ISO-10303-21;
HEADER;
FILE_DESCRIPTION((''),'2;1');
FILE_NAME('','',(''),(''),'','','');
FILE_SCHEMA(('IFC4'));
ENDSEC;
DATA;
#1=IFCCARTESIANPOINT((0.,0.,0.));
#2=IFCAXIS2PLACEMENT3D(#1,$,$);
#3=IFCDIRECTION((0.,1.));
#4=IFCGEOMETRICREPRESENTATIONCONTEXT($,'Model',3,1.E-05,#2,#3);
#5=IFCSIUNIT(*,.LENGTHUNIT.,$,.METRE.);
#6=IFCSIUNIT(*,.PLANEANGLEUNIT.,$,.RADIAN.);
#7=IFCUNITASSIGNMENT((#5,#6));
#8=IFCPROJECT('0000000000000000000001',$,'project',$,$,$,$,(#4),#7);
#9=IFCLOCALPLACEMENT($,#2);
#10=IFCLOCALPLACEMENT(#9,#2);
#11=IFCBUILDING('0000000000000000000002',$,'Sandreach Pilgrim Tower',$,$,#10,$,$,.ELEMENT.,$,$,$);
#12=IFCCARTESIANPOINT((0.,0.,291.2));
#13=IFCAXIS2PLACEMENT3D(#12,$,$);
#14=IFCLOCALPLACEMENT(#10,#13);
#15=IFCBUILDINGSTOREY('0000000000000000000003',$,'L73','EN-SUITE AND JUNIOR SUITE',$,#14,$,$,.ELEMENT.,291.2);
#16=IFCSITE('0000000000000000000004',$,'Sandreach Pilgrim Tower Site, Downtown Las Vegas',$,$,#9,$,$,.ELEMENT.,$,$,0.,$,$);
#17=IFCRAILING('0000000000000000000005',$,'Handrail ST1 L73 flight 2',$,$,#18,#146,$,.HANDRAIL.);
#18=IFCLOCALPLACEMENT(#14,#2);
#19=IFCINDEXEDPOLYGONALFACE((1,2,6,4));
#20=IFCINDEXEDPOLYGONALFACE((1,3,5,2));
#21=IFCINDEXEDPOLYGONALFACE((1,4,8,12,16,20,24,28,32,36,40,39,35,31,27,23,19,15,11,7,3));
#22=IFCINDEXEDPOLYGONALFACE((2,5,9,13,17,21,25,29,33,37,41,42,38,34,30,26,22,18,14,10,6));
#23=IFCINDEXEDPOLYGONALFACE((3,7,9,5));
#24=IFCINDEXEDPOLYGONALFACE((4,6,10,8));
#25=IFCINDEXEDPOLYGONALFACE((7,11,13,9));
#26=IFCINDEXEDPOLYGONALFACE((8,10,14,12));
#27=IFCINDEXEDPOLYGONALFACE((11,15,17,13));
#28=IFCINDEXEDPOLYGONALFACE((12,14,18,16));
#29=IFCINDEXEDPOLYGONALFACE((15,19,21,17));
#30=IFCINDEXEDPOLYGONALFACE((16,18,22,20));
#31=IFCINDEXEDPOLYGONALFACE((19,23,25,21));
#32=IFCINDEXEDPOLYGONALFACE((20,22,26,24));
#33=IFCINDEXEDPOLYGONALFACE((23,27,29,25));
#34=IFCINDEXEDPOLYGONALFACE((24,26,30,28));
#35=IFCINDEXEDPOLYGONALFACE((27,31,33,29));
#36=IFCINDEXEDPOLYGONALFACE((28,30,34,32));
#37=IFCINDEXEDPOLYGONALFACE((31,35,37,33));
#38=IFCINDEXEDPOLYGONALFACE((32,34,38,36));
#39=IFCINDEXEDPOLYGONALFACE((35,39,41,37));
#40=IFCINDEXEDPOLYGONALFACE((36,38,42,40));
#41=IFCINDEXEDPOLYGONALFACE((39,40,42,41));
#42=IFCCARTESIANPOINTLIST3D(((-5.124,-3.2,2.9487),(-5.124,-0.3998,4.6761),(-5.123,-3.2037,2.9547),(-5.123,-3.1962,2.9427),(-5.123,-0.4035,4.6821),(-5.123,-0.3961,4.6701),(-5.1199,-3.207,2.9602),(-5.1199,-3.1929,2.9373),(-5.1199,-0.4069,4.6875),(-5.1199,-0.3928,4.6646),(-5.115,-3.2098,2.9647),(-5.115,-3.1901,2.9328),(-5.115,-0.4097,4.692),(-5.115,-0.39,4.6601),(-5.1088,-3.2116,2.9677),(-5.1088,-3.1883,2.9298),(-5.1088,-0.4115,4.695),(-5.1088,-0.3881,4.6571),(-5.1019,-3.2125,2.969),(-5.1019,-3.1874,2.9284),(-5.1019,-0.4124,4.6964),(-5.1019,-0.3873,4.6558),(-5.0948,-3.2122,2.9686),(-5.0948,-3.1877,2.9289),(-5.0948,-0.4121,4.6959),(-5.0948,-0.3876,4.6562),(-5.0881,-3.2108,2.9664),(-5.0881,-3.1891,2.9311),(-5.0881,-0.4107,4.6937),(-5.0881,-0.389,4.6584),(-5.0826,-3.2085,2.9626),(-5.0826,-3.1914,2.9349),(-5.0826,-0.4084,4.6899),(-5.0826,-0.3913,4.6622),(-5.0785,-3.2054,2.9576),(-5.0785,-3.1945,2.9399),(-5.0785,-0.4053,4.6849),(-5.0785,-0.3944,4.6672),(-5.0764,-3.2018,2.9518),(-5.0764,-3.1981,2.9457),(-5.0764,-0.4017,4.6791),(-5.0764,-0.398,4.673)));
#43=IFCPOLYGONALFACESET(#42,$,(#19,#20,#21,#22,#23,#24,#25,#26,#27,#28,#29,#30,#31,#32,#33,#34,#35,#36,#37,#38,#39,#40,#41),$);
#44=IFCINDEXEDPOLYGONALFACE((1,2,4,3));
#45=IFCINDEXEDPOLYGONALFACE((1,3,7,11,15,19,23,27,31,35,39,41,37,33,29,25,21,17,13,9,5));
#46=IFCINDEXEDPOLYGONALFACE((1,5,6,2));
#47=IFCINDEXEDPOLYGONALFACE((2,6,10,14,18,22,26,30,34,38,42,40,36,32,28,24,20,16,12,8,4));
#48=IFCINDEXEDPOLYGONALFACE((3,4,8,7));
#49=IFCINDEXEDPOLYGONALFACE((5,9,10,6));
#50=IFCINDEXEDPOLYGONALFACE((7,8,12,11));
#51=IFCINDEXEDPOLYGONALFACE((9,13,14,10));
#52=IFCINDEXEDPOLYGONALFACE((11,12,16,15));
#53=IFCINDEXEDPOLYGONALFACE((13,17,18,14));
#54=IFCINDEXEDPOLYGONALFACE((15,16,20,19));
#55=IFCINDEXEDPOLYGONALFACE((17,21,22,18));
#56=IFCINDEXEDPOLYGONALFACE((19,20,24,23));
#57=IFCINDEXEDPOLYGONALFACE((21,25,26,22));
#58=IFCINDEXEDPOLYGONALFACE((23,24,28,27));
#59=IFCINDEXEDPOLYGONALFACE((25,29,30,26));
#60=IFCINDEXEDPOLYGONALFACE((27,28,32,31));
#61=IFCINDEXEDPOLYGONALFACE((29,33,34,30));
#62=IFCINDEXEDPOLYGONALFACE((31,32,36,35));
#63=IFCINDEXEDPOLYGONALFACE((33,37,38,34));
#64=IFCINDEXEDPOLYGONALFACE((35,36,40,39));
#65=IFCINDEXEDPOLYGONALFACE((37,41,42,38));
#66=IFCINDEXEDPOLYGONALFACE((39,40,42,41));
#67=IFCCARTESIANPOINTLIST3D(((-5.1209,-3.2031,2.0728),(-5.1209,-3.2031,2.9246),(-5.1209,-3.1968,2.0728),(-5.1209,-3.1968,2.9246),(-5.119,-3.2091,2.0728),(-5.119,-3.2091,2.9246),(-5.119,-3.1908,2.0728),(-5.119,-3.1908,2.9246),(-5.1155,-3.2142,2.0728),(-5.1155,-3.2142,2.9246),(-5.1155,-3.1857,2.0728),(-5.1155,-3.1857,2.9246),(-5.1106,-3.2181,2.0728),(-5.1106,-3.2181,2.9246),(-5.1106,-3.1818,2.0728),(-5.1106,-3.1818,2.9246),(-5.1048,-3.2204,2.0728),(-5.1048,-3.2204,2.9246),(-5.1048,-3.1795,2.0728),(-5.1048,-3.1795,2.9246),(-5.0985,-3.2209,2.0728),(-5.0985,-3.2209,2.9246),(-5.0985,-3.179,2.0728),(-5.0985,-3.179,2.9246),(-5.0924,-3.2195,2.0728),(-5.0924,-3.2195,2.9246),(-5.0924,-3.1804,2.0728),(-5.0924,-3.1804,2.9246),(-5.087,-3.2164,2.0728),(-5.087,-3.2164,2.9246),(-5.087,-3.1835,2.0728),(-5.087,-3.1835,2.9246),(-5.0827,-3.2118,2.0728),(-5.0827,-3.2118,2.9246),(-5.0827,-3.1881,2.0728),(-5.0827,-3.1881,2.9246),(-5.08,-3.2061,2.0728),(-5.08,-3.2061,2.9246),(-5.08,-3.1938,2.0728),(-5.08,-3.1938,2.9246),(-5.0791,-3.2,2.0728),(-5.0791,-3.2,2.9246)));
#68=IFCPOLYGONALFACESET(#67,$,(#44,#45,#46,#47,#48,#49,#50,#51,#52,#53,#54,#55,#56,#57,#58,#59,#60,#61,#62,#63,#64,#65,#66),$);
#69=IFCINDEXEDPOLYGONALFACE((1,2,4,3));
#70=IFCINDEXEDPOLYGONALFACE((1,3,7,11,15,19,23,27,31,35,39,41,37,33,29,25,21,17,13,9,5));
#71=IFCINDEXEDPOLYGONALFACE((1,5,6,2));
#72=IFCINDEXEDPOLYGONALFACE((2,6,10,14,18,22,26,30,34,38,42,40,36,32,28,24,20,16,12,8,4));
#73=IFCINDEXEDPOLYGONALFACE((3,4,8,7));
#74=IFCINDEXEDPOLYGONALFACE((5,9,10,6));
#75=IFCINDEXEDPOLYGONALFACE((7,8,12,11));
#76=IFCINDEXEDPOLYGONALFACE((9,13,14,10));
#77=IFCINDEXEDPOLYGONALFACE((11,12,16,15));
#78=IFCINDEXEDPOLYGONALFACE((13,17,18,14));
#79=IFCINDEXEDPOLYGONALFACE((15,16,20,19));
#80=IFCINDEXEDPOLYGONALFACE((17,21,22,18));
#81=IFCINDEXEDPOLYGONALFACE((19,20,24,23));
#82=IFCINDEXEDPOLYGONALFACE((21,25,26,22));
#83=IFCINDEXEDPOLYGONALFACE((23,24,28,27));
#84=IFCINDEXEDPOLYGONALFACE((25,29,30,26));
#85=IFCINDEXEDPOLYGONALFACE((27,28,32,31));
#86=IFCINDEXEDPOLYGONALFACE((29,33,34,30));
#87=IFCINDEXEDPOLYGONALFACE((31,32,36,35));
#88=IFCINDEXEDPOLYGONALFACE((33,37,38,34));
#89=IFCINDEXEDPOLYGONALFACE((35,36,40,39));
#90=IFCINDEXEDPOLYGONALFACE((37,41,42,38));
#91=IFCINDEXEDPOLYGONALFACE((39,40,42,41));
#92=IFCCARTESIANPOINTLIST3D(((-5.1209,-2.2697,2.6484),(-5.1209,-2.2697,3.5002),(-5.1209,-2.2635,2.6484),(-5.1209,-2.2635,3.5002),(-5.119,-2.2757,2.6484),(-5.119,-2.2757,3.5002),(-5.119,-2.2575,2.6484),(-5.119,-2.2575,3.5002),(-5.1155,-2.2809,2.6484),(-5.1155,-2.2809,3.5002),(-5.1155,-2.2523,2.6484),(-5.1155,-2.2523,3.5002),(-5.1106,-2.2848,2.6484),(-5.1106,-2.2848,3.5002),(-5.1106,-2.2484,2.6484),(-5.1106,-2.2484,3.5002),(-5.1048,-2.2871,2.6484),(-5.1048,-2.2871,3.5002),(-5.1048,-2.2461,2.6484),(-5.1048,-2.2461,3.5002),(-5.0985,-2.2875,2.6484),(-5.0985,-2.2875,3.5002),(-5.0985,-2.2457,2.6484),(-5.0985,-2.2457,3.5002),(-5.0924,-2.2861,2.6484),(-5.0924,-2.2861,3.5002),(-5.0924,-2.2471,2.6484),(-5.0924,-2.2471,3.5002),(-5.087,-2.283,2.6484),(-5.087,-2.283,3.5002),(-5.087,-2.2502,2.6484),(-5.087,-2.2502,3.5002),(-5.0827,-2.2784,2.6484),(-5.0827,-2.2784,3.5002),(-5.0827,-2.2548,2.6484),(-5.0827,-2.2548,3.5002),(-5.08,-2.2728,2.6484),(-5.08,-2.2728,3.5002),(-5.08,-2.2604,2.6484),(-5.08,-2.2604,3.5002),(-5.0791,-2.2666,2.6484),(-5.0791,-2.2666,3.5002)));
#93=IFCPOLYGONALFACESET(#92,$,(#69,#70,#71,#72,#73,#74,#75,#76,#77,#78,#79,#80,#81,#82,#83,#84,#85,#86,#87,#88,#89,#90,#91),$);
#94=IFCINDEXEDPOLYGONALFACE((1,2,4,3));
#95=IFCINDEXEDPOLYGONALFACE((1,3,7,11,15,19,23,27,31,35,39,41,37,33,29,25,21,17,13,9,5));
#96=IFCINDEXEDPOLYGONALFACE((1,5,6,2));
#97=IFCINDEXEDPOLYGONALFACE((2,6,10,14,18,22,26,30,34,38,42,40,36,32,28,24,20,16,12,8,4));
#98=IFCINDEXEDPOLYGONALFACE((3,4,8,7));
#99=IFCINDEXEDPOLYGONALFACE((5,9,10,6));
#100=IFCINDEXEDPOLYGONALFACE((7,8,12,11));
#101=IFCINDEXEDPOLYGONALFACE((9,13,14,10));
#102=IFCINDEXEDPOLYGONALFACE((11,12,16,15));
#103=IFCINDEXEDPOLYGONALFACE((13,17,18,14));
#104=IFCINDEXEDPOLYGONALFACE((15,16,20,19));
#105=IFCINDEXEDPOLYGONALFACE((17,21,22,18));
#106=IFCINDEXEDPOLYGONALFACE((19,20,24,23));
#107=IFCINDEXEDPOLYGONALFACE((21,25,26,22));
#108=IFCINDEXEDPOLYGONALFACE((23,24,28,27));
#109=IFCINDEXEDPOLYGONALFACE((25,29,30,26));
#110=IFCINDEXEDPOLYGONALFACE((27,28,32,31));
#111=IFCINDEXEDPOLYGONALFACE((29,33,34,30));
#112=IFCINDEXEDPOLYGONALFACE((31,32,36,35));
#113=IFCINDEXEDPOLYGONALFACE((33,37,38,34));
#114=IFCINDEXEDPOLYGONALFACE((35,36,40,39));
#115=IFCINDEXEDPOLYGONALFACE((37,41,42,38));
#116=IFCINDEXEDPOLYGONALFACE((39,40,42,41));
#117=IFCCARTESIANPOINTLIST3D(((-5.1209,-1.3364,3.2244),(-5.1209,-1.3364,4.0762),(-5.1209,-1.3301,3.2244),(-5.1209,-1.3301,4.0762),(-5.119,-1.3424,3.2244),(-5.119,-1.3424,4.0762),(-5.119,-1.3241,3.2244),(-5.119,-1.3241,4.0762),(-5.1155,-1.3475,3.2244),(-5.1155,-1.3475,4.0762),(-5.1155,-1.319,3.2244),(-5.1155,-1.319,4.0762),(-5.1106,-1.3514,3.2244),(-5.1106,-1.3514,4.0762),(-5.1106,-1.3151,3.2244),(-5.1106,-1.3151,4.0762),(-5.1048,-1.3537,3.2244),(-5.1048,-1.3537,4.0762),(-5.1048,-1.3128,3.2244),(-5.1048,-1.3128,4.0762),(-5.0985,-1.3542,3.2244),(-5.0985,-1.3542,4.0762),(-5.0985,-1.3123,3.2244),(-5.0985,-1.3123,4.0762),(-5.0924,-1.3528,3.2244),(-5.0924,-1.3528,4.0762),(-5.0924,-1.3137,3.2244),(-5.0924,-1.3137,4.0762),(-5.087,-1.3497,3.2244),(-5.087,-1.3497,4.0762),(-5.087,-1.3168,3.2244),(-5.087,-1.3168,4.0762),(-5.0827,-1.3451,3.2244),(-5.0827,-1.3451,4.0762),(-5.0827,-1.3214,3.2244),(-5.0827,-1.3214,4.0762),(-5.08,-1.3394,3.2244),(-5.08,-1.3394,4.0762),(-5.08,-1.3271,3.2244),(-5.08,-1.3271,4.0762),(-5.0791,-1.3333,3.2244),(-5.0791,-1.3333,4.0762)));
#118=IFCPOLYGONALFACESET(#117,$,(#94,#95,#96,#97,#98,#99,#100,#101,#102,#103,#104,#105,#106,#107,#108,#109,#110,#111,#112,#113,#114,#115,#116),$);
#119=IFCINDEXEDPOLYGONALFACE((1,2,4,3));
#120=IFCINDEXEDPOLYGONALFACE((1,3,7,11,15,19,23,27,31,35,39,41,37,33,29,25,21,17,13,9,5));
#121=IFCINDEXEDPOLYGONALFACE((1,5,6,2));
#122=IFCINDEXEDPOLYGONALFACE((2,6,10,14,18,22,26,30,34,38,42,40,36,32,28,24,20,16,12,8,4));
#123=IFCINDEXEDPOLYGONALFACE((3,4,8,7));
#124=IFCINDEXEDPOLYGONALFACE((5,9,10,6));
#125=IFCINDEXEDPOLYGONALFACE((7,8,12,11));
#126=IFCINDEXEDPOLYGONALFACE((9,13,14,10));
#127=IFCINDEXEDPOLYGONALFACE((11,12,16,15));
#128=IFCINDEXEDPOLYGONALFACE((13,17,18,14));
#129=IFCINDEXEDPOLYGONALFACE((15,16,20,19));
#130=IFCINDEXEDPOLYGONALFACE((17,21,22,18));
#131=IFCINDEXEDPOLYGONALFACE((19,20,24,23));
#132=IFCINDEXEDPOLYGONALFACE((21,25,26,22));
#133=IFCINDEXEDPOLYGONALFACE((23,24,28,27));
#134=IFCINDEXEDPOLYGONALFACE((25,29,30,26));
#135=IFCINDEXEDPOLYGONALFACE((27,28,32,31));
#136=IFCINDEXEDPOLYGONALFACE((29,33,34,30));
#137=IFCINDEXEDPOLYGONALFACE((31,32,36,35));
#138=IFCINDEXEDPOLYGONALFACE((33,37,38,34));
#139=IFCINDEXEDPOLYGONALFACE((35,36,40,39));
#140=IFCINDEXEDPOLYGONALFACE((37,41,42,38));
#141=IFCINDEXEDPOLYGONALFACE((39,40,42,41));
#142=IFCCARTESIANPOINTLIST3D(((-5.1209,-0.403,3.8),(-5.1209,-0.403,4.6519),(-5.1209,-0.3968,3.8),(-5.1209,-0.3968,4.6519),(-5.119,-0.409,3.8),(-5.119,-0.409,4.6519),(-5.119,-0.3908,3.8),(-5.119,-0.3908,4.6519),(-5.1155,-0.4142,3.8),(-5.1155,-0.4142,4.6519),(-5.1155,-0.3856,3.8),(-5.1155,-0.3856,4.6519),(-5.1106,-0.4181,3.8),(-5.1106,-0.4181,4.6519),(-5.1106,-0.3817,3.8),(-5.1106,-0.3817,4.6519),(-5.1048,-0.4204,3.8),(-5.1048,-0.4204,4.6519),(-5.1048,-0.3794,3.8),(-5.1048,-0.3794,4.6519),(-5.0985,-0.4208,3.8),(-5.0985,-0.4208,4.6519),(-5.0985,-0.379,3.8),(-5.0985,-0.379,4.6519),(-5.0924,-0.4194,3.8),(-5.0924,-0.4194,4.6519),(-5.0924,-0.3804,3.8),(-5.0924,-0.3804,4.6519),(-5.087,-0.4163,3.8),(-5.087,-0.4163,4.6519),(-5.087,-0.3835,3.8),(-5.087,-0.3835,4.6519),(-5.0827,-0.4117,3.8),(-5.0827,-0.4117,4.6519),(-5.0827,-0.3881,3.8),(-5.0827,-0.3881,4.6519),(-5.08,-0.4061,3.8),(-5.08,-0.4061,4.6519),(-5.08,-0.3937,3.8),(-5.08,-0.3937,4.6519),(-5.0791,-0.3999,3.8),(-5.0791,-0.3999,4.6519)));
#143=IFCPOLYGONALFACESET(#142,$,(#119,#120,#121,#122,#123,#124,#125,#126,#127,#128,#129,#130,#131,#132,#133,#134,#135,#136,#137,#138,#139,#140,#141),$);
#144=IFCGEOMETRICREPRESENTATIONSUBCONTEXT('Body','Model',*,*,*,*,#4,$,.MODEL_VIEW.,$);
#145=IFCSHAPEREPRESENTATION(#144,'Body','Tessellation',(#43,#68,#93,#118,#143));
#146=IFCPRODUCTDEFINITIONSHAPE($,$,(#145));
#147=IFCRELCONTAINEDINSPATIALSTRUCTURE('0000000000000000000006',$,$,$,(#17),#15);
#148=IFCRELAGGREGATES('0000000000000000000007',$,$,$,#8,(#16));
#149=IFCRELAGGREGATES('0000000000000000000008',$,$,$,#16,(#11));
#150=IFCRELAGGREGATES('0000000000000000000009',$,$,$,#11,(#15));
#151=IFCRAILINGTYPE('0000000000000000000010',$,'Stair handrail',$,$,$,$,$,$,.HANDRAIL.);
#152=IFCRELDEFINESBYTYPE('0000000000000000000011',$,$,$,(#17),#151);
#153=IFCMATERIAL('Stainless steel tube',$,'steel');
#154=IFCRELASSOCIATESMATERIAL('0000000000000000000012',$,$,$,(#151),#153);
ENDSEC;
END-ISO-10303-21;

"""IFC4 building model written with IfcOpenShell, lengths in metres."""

from ifc_helpers import new_model, si_unit, direction, frame, origin, origin_2d, place, context, subcontext, project, spatial, circle, extrude, material, type_object, element, save


model = new_model("IFC4")

# Units and contexts
model_context = context("Model", 3, precision=1e-05, world=origin(), true_north=direction((0.0, 1.0)))
body_context = subcontext(model_context, "Body", "Model", "MODEL_VIEW")
ifc_project = project(units=[si_unit("LENGTHUNIT", "METRE"), si_unit("PLANEANGLEUNIT", "RADIAN")], contexts=[model_context])

# Site, building, storey
site_placement = place(None, origin())
site = spatial("IfcSite", under=ifc_project, at=site_placement, Name="Sandreach Pilgrim Tower Site, Downtown Las Vegas", CompositionType="ELEMENT", RefElevation=0.0)
building_placement = place(site_placement, origin())
building = spatial("IfcBuilding", under=site, at=building_placement, Name="Sandreach Pilgrim Tower", CompositionType="ELEMENT")
storey_placement = place(building_placement, frame((0.0, 0.0, 291.2)))
storey = spatial("IfcBuildingStorey", under=building, at=storey_placement, Name="L73", Description="EN-SUITE AND JUNIOR SUITE", CompositionType="ELEMENT", Elevation=291.2)

# Railing
ifc_material_1 = material(Name="Stainless steel tube", Category="steel")
railing_type = type_object("IfcRailingType", Name="Stair handrail", PredefinedType="HANDRAIL", material=ifc_material_1)
for number, where, name in (
    (1, (-5.1001, -3.2, 2.0728), "Handrail ST1 L73 flight 2"),
):
    element("IfcRailing", number, at=place(storey_placement, frame(where)), inside=storey, type_object=railing_type, Name=name, PredefinedType="HANDRAIL", context=body_context, shape_type="SweptSolid", body=[
        extrude(circle(Radius=0.0239, at=origin_2d()), frame((0.0, 0.0, 0.876), z_axis=(0.0, 0.85109, 0.52502), x_axis=(-1.0, 0.0, 0.0)), (0.0, 0.0, 1.0), 3.29),
        extrude(circle(Radius=0.021, at=origin_2d()), origin(), (0.0, 0.0, 1.0), 0.8518),
        extrude(circle(Radius=0.021, at=origin_2d()), frame((0.0, 0.9333, 0.5757)), (0.0, 0.0, 1.0), 0.8518),
        extrude(circle(Radius=0.021, at=origin_2d()), frame((0.0, 1.8667, 1.1516)), (0.0, 0.0, 1.0), 0.8518),
        extrude(circle(Radius=0.021, at=origin_2d()), frame((0.0, 2.8, 1.7273)), (0.0, 0.0, 1.0), 0.8518),
    ])

save(model, "model.ifc")
